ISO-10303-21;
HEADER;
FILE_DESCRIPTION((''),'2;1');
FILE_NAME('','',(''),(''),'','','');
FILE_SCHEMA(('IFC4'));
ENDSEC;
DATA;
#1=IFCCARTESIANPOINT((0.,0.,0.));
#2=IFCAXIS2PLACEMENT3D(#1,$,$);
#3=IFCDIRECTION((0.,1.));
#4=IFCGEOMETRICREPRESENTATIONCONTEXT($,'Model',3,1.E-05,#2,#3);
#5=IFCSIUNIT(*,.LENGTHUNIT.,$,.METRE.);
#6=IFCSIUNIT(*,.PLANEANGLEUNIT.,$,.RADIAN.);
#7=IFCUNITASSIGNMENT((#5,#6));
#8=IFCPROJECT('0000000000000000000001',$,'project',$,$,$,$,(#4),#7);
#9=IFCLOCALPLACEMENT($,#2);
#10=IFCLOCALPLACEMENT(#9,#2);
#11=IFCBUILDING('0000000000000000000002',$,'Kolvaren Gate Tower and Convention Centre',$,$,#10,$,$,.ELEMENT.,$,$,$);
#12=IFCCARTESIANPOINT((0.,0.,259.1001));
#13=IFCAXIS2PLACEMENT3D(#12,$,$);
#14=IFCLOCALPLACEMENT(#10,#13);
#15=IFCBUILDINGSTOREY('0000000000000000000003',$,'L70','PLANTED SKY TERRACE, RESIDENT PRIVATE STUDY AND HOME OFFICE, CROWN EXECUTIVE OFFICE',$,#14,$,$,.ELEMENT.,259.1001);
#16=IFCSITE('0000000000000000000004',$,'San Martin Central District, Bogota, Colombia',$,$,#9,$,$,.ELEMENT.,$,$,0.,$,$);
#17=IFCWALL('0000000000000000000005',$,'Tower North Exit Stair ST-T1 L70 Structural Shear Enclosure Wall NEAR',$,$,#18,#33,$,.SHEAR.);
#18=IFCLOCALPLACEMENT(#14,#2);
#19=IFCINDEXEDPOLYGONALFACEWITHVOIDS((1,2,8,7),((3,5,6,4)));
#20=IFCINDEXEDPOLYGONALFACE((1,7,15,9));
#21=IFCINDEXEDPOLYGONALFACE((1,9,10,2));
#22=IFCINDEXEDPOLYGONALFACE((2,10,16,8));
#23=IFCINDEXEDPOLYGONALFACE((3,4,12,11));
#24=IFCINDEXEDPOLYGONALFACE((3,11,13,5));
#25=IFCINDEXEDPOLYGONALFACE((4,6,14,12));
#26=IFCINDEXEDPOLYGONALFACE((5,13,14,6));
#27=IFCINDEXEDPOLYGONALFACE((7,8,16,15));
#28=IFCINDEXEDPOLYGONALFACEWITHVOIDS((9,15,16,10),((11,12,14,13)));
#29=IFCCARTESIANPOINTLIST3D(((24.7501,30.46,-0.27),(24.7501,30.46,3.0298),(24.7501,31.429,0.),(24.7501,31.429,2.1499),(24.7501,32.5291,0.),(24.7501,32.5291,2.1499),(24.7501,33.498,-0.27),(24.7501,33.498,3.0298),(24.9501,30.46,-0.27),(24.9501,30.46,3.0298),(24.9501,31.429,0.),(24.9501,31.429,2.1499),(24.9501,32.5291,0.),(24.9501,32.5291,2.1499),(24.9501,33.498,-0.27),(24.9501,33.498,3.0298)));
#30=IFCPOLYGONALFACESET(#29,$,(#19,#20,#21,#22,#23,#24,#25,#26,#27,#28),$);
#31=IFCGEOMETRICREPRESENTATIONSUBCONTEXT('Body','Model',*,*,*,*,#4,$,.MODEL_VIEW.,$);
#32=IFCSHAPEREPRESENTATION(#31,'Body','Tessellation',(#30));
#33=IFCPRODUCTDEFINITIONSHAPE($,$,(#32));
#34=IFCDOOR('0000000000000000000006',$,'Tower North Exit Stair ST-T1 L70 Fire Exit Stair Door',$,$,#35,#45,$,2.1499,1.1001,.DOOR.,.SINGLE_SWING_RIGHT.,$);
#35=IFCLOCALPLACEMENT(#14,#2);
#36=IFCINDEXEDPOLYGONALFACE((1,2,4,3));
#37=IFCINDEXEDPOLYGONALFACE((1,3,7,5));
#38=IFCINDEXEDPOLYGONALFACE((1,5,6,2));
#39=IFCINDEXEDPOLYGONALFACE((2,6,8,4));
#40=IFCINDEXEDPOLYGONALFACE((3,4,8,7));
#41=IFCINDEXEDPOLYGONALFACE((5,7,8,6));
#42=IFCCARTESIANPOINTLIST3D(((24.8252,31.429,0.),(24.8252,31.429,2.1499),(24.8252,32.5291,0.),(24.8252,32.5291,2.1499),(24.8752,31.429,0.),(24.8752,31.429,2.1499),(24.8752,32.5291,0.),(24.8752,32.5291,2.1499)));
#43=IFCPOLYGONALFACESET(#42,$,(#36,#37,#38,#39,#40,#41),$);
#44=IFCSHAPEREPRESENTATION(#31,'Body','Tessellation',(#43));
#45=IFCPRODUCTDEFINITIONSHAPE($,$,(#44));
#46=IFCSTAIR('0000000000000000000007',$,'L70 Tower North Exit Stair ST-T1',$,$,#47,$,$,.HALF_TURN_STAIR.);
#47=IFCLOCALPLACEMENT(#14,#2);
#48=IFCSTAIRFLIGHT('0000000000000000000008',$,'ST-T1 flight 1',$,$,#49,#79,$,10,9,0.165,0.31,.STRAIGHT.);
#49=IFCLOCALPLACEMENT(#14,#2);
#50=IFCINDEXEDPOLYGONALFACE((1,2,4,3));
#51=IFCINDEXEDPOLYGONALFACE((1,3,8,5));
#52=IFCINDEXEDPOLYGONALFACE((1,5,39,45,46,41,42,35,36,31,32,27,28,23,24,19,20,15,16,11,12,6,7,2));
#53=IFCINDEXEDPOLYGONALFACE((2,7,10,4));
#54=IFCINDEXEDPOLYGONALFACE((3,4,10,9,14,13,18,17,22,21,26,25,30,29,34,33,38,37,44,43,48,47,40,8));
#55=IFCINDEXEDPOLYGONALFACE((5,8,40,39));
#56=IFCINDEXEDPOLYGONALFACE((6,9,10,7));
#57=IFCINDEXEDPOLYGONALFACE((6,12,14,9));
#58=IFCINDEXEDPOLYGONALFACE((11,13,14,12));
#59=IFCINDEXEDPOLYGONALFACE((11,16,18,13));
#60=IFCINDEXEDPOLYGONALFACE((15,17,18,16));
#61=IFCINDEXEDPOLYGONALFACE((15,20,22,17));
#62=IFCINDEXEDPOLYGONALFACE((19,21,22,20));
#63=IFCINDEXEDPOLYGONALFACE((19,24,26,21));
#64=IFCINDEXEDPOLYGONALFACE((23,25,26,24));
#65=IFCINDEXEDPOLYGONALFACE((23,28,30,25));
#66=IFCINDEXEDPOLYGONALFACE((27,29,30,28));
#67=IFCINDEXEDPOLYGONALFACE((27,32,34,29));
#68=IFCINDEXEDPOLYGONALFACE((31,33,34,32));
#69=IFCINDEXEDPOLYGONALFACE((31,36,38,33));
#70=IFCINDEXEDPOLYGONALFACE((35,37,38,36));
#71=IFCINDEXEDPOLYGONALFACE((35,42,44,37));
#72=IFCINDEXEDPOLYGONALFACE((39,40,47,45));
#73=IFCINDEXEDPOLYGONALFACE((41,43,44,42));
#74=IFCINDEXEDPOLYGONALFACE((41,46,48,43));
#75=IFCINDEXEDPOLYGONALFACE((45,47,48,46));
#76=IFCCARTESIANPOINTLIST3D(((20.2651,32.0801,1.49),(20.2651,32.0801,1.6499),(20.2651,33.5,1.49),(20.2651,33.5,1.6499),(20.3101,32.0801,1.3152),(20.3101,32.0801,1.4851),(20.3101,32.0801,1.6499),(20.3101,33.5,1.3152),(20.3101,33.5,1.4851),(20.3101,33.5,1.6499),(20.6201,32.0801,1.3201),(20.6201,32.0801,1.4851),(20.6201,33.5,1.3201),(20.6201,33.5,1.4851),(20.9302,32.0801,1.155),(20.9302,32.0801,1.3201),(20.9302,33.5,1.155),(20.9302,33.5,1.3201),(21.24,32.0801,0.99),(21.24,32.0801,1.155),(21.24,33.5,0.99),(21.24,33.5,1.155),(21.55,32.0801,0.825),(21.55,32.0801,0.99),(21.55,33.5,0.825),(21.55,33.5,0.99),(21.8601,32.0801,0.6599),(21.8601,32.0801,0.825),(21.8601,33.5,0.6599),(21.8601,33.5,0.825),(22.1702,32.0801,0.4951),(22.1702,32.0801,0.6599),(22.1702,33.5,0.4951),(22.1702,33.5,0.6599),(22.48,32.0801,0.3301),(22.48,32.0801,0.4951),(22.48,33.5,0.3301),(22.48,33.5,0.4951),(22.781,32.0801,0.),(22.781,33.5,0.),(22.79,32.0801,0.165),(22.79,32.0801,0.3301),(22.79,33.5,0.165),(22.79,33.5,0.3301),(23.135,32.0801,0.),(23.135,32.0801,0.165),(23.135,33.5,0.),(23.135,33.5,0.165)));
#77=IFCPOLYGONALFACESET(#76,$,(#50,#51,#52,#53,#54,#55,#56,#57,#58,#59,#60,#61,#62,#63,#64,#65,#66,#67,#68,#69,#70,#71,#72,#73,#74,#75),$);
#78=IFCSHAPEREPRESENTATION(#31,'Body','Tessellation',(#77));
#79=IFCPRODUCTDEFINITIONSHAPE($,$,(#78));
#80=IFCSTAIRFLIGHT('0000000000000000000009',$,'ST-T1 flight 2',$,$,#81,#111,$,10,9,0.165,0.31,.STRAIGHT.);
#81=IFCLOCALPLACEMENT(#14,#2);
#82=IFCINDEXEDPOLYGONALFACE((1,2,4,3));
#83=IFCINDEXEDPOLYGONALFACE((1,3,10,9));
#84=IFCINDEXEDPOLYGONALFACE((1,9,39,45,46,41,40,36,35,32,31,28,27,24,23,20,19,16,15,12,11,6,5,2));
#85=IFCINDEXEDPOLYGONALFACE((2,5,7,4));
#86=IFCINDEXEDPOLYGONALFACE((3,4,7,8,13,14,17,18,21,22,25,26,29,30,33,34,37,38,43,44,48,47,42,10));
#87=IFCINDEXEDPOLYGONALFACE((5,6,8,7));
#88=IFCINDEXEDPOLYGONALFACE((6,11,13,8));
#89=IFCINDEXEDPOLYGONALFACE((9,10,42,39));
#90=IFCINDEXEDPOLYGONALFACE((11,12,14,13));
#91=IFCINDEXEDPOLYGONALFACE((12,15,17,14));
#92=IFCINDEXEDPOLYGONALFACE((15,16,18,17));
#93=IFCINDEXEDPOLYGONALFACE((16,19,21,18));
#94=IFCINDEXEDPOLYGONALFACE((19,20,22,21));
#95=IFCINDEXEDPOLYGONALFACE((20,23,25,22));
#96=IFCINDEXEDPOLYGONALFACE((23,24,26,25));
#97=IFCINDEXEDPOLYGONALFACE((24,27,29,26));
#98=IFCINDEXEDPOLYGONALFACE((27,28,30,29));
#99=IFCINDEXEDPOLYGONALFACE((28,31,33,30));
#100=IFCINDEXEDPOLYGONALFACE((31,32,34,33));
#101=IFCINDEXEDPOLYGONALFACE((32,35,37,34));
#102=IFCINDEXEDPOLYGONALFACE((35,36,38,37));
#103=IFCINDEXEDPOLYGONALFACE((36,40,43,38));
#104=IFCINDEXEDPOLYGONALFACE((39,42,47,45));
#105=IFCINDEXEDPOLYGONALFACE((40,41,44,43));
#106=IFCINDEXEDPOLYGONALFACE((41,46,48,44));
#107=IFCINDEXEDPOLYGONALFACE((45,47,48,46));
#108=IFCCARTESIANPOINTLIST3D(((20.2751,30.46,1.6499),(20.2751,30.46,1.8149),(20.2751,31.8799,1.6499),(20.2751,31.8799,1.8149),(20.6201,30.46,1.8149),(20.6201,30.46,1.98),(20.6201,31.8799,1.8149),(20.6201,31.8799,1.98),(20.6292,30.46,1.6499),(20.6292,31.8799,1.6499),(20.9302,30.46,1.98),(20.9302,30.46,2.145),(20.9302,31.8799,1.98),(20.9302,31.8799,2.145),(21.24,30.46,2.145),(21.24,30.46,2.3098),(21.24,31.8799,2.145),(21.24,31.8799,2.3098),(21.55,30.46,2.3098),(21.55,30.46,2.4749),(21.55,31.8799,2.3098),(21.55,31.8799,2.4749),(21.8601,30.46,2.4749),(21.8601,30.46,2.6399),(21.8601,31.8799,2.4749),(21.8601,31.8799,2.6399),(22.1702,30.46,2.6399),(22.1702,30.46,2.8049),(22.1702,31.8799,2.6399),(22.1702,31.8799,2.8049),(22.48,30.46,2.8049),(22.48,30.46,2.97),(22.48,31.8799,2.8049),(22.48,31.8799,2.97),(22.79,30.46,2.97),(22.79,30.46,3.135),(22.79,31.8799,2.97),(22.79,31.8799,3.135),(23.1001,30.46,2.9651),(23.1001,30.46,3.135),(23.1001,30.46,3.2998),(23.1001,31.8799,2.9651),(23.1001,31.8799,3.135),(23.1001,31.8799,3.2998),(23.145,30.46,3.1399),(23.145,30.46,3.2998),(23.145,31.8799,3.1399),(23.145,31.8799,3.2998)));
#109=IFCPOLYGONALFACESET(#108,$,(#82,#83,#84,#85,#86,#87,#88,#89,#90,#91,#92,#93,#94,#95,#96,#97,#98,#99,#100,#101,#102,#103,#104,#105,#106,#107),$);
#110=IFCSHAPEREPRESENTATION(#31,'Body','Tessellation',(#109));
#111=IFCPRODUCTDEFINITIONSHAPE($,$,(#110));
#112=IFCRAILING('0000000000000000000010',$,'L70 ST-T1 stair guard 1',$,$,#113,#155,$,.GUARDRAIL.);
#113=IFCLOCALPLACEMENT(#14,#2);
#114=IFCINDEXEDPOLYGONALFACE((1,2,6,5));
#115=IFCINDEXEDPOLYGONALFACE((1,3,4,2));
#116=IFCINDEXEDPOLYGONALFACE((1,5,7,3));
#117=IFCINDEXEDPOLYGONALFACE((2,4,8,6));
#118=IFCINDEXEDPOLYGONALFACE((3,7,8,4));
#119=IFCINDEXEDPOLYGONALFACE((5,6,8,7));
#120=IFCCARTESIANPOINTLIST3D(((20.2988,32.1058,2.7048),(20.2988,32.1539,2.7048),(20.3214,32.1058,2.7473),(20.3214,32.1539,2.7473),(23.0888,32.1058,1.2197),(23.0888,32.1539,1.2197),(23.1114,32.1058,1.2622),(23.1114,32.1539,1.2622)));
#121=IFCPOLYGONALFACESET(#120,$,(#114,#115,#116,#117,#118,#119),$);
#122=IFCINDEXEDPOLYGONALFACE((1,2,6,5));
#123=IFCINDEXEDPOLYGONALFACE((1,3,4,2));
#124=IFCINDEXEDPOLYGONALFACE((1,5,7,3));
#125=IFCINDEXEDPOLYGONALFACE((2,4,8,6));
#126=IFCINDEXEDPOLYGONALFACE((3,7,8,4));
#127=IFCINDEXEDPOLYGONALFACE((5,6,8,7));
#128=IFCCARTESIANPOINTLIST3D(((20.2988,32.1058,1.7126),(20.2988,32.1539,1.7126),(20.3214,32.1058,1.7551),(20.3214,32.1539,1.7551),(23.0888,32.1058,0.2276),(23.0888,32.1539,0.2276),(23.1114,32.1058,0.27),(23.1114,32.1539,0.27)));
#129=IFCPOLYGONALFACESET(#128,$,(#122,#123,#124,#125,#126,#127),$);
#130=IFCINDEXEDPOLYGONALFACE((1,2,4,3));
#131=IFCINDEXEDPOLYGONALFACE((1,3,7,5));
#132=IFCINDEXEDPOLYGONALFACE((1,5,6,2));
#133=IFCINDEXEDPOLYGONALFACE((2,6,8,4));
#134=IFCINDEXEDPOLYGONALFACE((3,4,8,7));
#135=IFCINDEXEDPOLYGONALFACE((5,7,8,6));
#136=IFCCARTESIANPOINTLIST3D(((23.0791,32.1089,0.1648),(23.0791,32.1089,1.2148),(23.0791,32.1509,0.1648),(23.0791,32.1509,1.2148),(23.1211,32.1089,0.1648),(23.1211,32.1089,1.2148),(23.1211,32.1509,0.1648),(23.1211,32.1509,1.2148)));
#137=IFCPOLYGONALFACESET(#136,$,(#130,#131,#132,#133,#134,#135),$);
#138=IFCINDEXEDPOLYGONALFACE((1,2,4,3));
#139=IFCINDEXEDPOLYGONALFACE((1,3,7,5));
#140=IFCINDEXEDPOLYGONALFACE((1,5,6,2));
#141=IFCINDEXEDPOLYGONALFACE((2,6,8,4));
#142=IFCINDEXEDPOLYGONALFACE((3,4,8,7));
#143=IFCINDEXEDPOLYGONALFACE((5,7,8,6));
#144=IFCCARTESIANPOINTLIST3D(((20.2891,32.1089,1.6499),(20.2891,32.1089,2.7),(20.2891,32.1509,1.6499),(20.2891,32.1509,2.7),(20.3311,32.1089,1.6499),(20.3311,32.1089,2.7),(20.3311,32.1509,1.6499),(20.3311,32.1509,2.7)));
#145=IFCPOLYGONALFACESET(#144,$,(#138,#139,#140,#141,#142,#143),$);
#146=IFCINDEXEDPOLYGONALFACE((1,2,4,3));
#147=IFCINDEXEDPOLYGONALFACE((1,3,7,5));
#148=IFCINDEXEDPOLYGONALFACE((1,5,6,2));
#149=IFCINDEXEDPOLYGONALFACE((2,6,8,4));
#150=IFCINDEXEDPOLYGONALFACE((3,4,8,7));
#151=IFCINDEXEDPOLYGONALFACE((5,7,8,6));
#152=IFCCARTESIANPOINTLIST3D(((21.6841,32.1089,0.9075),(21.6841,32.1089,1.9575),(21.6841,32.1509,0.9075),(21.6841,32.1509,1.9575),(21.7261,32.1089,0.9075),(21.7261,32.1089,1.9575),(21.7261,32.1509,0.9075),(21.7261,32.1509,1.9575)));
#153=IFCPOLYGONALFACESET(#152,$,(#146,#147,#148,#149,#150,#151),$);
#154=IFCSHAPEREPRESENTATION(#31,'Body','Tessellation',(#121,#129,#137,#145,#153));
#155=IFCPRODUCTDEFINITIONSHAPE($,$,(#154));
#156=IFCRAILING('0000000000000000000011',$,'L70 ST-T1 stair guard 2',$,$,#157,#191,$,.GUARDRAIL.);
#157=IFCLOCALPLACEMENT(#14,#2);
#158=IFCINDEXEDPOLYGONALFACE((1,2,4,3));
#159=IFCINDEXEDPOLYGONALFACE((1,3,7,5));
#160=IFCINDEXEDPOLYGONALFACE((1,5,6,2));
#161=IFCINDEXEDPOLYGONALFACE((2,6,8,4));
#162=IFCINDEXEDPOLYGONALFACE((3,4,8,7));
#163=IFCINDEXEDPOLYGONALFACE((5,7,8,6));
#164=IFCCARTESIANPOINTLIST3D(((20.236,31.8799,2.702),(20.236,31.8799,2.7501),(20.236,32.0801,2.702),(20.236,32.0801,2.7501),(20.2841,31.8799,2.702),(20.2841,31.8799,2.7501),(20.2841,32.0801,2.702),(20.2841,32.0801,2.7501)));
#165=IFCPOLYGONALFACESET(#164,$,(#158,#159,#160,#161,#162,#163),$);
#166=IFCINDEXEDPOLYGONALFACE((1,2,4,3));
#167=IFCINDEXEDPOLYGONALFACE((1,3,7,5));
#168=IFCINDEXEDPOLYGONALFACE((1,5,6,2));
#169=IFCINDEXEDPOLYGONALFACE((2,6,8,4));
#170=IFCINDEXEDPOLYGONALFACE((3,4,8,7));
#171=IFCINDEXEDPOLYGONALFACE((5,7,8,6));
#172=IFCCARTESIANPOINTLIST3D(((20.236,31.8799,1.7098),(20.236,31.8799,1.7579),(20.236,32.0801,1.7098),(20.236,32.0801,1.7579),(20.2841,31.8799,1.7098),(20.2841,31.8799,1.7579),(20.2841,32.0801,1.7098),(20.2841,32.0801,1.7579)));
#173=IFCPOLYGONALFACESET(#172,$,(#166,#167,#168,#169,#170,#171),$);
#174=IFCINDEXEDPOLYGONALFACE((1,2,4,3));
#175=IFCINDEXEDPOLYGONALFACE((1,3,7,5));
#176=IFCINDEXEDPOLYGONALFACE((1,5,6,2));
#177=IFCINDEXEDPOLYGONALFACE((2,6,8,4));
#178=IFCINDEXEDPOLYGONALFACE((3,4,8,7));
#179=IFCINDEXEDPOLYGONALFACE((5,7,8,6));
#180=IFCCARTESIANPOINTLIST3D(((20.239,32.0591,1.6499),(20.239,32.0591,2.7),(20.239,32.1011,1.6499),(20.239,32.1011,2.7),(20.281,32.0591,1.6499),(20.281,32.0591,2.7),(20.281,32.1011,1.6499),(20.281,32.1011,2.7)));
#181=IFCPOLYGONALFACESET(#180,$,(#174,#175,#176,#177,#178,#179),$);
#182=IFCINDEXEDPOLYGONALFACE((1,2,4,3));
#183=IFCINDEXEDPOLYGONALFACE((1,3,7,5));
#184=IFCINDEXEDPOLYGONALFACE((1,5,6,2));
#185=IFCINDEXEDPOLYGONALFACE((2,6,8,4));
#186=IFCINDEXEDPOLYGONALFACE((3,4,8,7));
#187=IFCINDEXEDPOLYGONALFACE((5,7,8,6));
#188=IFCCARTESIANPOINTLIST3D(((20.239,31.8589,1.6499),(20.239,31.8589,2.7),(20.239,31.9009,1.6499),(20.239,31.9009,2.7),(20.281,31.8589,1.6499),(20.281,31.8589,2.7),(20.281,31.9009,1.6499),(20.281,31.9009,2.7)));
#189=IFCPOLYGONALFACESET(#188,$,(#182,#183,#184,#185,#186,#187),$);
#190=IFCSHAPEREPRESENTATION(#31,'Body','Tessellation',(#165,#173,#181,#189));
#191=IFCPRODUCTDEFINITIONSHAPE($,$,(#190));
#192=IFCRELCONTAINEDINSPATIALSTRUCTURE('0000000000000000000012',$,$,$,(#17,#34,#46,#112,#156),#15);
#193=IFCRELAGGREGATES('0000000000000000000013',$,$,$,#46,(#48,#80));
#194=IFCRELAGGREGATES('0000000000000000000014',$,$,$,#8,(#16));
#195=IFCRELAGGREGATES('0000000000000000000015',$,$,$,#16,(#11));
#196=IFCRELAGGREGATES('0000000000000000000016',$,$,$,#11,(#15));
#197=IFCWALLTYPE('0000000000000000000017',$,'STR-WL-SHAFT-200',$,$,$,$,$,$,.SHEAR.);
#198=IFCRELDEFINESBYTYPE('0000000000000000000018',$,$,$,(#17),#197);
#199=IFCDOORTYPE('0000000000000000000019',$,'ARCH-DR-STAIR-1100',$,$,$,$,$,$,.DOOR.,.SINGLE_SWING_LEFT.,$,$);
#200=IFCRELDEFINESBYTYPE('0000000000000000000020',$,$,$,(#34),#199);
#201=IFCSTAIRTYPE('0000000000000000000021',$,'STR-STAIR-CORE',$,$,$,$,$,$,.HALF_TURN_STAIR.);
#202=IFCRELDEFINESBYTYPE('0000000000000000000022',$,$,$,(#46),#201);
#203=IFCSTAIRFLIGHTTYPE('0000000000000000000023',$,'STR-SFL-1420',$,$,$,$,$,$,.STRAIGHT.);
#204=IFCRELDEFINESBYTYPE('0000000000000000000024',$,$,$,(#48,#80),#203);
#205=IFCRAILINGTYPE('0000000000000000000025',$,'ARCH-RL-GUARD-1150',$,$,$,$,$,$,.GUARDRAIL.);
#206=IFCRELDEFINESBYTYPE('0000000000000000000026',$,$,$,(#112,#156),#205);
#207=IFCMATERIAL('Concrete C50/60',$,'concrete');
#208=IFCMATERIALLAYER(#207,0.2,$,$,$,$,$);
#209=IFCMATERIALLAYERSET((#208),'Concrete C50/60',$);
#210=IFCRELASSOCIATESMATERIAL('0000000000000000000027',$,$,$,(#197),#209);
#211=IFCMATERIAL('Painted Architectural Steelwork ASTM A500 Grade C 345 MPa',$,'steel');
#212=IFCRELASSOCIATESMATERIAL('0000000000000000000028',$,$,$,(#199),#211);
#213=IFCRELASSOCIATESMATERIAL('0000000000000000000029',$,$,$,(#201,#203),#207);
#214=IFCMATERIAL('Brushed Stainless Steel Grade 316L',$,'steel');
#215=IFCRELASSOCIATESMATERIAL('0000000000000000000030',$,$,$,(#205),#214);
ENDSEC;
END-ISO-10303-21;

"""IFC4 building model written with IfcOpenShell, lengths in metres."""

from ifc_helpers import new_model, si_unit, direction, frame, frame_2d, origin, origin_2d, place, context, subcontext, project, spatial, polyline, rectangle, outline, extrude, material, layer, layer_set, type_object, element, fill, aggregate, save


model = new_model("IFC4")

# Units and contexts
model_context = context("Model", 3, precision=1e-05, world=origin(), true_north=direction((0.0, 1.0)))
body_context = subcontext(model_context, "Body", "Model", "MODEL_VIEW")
ifc_project = project(units=[si_unit("LENGTHUNIT", "METRE"), si_unit("PLANEANGLEUNIT", "RADIAN")], contexts=[model_context])

# Site, building, storey
site_placement = place(None, origin())
site = spatial("IfcSite", under=ifc_project, at=site_placement, Name="San Martin Central District, Bogota, Colombia", CompositionType="ELEMENT", RefElevation=0.0)
building_placement = place(site_placement, origin())
building = spatial("IfcBuilding", under=site, at=building_placement, Name="Kolvaren Gate Tower and Convention Centre", CompositionType="ELEMENT")
storey_placement = place(building_placement, frame((0.0, 0.0, 259.1001)))
storey = spatial("IfcBuildingStorey", under=building, at=storey_placement, Name="L70", Description="PLANTED SKY TERRACE, RESIDENT PRIVATE STUDY AND HOME OFFICE, CROWN EXECUTIVE OFFICE", CompositionType="ELEMENT", Elevation=259.1001)

# Shared definitions
ifc_material_1 = material(Name="Brushed Stainless Steel Grade 316L", Category="steel")

# Wall, opening, door
ifc_material_2 = material(Name="Concrete C50/60", Category="concrete")
ifc_layer_1 = layer(ifc_material_2, 0.2)
ifc_layer_set_1 = layer_set([ifc_layer_1], Name="Concrete C50/60")
wall_type_1 = type_object("IfcWallType", Name="STR-WL-SHAFT-200", PredefinedType="SHEAR", material=ifc_layer_set_1)
wall_1_placement = place(storey_placement, frame((24.8501, 30.46, -0.27), z_axis=(0.0, 0.0, 1.0), x_axis=(0.0, 1.0, 0.0)))
wall_1 = element("IfcWall", 1, at=wall_1_placement, inside=storey, type_object=wall_type_1, Name="Tower North Exit Stair ST-T1 L70 Structural Shear Enclosure Wall NEAR", PredefinedType="SHEAR", context=body_context, shape_type="SweptSolid", body=[
    extrude(rectangle(XDim=3.0381, YDim=0.2, at=frame_2d((1.519, 0.0))), origin(), (0.0, 0.0, 1.0), 3.2998),
])
opening_1_placement = place(wall_1_placement, frame((0.969, 0.0, 0.27)))
opening_1 = element("IfcOpeningElement", 2, at=opening_1_placement, cuts=wall_1, PredefinedType="OPENING", context=body_context, shape_type="SweptSolid", body=[
    extrude(rectangle(XDim=1.1001, YDim=2.1499, at=frame_2d((0.55, 1.075))), frame((0.0, 0.1099, 0.0), z_axis=(0.0, -1.0, 0.0), x_axis=(1.0, 0.0, 0.0)), (0.0, 0.0, 1.0), 0.22),
])
ifc_material_3 = material(Name="Painted Architectural Steelwork ASTM A500 Grade C 345 MPa", Category="steel")
door_type_1 = type_object("IfcDoorType", Name="ARCH-DR-STAIR-1100", OperationType="SINGLE_SWING_LEFT", PredefinedType="DOOR", material=ifc_material_3)
door_1_placement = place(opening_1_placement, origin())
door_1 = element("IfcDoor", 3, at=door_1_placement, inside=storey, type_object=door_type_1, Name="Tower North Exit Stair ST-T1 L70 Fire Exit Stair Door", OperationType="SINGLE_SWING_RIGHT", OverallHeight=2.1499, OverallWidth=1.1001, PredefinedType="DOOR", context=body_context, shape_type="SweptSolid", body=[
    extrude(rectangle(XDim=1.1001, YDim=2.1499, at=frame_2d((0.55, 1.075))), frame((0.0, 0.0249, 0.0), z_axis=(0.0, -1.0, 0.0), x_axis=(1.0, 0.0, 0.0)), (0.0, 0.0, 1.0), 0.05),
])
fill(opening_1, door_1)

# Stair, stair flights
stair_type = type_object("IfcStairType", Name="STR-STAIR-CORE", PredefinedType="HALF_TURN_STAIR", material=ifc_material_2)
stair_placement = place(storey_placement, origin())
stair = element("IfcStair", 4, at=stair_placement, inside=storey, type_object=stair_type, Name="L70 Tower North Exit Stair ST-T1", PredefinedType="HALF_TURN_STAIR")
stair_flight_type = type_object("IfcStairFlightType", Name="STR-SFL-1420", PredefinedType="STRAIGHT", material=ifc_material_2)
stair_flight_1_placement = place(storey_placement, frame((23.1001, 32.79, 0.0), z_axis=(0.0, 0.0, 1.0), x_axis=(-1.0, 0.0, 0.0)))
stair_flight_1 = element("IfcStairFlight", 5, at=stair_flight_1_placement, type_object=stair_flight_type, Name="ST-T1 flight 1", NumberOfRisers=10, NumberOfTreads=9, PredefinedType="STRAIGHT", RiserHeight=0.165, TreadLength=0.31, context=body_context, shape_type="SweptSolid", body=[
    extrude(outline(polyline([(-0.0349, 0.0), (-0.0349, 0.165), (0.3101, 0.165), (0.3101, 0.3301), (0.6201, 0.3301), (0.6201, 0.4951), (0.9299, 0.4951), (0.9299, 0.6599), (1.24, 0.6599), (1.24, 0.825), (1.55, 0.825), (1.55, 0.99), (1.8601, 0.99), (1.8601, 1.155), (2.1699, 1.155), (2.1699, 1.3201), (2.48, 1.3201), (2.48, 1.4851), (2.79, 1.4851), (2.79, 1.6499), (2.835, 1.6499), (2.835, 1.49), (2.79, 1.3152), (0.3191, 0.0), (-0.0349, 0.0)])), frame((0.0, 0.71, 0.0), z_axis=(0.0, -1.0, 0.0), x_axis=(1.0, 0.0, 0.0)), (0.0, 0.0, 1.0), 1.4199),
])
stair_flight_2_placement = place(storey_placement, frame((20.3101, 31.1699, 1.6499), z_axis=(0.0, 0.0, 1.0), x_axis=(1.0, 0.0, 0.0)))
stair_flight_2 = element("IfcStairFlight", 6, at=stair_flight_2_placement, type_object=stair_flight_type, Name="ST-T1 flight 2", NumberOfRisers=10, NumberOfTreads=9, PredefinedType="STRAIGHT", RiserHeight=0.165, TreadLength=0.31, context=body_context, shape_type="SweptSolid", body=[
    extrude(outline(polyline([(-0.0349, 0.0), (-0.0349, 0.165), (0.3101, 0.165), (0.3101, 0.3301), (0.6201, 0.3301), (0.6201, 0.4951), (0.9299, 0.4951), (0.9299, 0.6599), (1.24, 0.6599), (1.24, 0.825), (1.55, 0.825), (1.55, 0.99), (1.8601, 0.99), (1.8601, 1.155), (2.1699, 1.155), (2.1699, 1.3201), (2.48, 1.3201), (2.48, 1.4851), (2.79, 1.4851), (2.79, 1.6499), (2.835, 1.6499), (2.835, 1.49), (2.79, 1.3152), (0.3191, 0.0), (-0.0349, 0.0)])), frame((0.0, 0.71, 0.0), z_axis=(0.0, -1.0, 0.0), x_axis=(1.0, 0.0, 0.0)), (0.0, 0.0, 1.0), 1.4199),
])
aggregate(stair, [stair_flight_1, stair_flight_2])

# Railings
railing_type_1 = type_object("IfcRailingType", Name="ARCH-RL-GUARD-1150", PredefinedType="GUARDRAIL", material=ifc_material_1)
railing_1_placement = place(storey_placement, frame((23.1001, 32.1299, 0.1648)))
element("IfcRailing", 7, at=railing_1_placement, inside=storey, type_object=railing_type_1, Name="L70 ST-T1 stair guard 1", PredefinedType="GUARDRAIL", context=body_context, shape_type="SweptSolid", body=[
    extrude(rectangle(XDim=0.0481, YDim=0.0481, at=origin_2d()), frame((0.0, 0.0, 1.0762), z_axis=(-0.882735, 0.0, 0.46987), x_axis=(0.0, -1.0, 0.0)), (0.0, 0.0, 1.0), 3.1606),
    extrude(rectangle(XDim=0.0481, YDim=0.0481, at=origin_2d()), frame((0.0, 0.0, 0.084), z_axis=(-0.882735, 0.0, 0.46987), x_axis=(0.0, -1.0, 0.0)), (0.0, 0.0, 1.0), 3.1606),
    extrude(rectangle(XDim=0.042, YDim=0.042, at=origin_2d()), origin(), (0.0, 0.0, 1.0), 1.05),
    extrude(rectangle(XDim=0.042, YDim=0.042, at=origin_2d()), frame((-2.79, 0.0, 1.4851)), (0.0, 0.0, 1.0), 1.05),
    extrude(rectangle(XDim=0.042, YDim=0.042, at=origin_2d()), frame((-1.395, 0.0, 0.7427)), (0.0, 0.0, 1.0), 1.05),
])
railing_2_placement = place(storey_placement, frame((20.26, 32.0801, 1.6499)))
element("IfcRailing", 8, at=railing_2_placement, inside=storey, type_object=railing_type_1, Name="L70 ST-T1 stair guard 2", PredefinedType="GUARDRAIL", context=body_context, shape_type="SweptSolid", body=[
    extrude(rectangle(XDim=0.0481, YDim=0.0481, at=origin_2d()), frame((0.0, 0.0, 1.0762), z_axis=(0.0, -1.0, 0.0), x_axis=(1.0, 0.0, 0.0)), (0.0, 0.0, 1.0), 0.2002),
    extrude(rectangle(XDim=0.0481, YDim=0.0481, at=origin_2d()), frame((0.0, 0.0, 0.084), z_axis=(0.0, -1.0, 0.0), x_axis=(1.0, 0.0, 0.0)), (0.0, 0.0, 1.0), 0.2002),
    extrude(rectangle(XDim=0.042, YDim=0.042, at=origin_2d()), origin(), (0.0, 0.0, 1.0), 1.05),
    extrude(rectangle(XDim=0.042, YDim=0.042, at=origin_2d()), frame((0.0, -0.2002, 0.0)), (0.0, 0.0, 1.0), 1.05),
])

save(model, "model.ifc")
